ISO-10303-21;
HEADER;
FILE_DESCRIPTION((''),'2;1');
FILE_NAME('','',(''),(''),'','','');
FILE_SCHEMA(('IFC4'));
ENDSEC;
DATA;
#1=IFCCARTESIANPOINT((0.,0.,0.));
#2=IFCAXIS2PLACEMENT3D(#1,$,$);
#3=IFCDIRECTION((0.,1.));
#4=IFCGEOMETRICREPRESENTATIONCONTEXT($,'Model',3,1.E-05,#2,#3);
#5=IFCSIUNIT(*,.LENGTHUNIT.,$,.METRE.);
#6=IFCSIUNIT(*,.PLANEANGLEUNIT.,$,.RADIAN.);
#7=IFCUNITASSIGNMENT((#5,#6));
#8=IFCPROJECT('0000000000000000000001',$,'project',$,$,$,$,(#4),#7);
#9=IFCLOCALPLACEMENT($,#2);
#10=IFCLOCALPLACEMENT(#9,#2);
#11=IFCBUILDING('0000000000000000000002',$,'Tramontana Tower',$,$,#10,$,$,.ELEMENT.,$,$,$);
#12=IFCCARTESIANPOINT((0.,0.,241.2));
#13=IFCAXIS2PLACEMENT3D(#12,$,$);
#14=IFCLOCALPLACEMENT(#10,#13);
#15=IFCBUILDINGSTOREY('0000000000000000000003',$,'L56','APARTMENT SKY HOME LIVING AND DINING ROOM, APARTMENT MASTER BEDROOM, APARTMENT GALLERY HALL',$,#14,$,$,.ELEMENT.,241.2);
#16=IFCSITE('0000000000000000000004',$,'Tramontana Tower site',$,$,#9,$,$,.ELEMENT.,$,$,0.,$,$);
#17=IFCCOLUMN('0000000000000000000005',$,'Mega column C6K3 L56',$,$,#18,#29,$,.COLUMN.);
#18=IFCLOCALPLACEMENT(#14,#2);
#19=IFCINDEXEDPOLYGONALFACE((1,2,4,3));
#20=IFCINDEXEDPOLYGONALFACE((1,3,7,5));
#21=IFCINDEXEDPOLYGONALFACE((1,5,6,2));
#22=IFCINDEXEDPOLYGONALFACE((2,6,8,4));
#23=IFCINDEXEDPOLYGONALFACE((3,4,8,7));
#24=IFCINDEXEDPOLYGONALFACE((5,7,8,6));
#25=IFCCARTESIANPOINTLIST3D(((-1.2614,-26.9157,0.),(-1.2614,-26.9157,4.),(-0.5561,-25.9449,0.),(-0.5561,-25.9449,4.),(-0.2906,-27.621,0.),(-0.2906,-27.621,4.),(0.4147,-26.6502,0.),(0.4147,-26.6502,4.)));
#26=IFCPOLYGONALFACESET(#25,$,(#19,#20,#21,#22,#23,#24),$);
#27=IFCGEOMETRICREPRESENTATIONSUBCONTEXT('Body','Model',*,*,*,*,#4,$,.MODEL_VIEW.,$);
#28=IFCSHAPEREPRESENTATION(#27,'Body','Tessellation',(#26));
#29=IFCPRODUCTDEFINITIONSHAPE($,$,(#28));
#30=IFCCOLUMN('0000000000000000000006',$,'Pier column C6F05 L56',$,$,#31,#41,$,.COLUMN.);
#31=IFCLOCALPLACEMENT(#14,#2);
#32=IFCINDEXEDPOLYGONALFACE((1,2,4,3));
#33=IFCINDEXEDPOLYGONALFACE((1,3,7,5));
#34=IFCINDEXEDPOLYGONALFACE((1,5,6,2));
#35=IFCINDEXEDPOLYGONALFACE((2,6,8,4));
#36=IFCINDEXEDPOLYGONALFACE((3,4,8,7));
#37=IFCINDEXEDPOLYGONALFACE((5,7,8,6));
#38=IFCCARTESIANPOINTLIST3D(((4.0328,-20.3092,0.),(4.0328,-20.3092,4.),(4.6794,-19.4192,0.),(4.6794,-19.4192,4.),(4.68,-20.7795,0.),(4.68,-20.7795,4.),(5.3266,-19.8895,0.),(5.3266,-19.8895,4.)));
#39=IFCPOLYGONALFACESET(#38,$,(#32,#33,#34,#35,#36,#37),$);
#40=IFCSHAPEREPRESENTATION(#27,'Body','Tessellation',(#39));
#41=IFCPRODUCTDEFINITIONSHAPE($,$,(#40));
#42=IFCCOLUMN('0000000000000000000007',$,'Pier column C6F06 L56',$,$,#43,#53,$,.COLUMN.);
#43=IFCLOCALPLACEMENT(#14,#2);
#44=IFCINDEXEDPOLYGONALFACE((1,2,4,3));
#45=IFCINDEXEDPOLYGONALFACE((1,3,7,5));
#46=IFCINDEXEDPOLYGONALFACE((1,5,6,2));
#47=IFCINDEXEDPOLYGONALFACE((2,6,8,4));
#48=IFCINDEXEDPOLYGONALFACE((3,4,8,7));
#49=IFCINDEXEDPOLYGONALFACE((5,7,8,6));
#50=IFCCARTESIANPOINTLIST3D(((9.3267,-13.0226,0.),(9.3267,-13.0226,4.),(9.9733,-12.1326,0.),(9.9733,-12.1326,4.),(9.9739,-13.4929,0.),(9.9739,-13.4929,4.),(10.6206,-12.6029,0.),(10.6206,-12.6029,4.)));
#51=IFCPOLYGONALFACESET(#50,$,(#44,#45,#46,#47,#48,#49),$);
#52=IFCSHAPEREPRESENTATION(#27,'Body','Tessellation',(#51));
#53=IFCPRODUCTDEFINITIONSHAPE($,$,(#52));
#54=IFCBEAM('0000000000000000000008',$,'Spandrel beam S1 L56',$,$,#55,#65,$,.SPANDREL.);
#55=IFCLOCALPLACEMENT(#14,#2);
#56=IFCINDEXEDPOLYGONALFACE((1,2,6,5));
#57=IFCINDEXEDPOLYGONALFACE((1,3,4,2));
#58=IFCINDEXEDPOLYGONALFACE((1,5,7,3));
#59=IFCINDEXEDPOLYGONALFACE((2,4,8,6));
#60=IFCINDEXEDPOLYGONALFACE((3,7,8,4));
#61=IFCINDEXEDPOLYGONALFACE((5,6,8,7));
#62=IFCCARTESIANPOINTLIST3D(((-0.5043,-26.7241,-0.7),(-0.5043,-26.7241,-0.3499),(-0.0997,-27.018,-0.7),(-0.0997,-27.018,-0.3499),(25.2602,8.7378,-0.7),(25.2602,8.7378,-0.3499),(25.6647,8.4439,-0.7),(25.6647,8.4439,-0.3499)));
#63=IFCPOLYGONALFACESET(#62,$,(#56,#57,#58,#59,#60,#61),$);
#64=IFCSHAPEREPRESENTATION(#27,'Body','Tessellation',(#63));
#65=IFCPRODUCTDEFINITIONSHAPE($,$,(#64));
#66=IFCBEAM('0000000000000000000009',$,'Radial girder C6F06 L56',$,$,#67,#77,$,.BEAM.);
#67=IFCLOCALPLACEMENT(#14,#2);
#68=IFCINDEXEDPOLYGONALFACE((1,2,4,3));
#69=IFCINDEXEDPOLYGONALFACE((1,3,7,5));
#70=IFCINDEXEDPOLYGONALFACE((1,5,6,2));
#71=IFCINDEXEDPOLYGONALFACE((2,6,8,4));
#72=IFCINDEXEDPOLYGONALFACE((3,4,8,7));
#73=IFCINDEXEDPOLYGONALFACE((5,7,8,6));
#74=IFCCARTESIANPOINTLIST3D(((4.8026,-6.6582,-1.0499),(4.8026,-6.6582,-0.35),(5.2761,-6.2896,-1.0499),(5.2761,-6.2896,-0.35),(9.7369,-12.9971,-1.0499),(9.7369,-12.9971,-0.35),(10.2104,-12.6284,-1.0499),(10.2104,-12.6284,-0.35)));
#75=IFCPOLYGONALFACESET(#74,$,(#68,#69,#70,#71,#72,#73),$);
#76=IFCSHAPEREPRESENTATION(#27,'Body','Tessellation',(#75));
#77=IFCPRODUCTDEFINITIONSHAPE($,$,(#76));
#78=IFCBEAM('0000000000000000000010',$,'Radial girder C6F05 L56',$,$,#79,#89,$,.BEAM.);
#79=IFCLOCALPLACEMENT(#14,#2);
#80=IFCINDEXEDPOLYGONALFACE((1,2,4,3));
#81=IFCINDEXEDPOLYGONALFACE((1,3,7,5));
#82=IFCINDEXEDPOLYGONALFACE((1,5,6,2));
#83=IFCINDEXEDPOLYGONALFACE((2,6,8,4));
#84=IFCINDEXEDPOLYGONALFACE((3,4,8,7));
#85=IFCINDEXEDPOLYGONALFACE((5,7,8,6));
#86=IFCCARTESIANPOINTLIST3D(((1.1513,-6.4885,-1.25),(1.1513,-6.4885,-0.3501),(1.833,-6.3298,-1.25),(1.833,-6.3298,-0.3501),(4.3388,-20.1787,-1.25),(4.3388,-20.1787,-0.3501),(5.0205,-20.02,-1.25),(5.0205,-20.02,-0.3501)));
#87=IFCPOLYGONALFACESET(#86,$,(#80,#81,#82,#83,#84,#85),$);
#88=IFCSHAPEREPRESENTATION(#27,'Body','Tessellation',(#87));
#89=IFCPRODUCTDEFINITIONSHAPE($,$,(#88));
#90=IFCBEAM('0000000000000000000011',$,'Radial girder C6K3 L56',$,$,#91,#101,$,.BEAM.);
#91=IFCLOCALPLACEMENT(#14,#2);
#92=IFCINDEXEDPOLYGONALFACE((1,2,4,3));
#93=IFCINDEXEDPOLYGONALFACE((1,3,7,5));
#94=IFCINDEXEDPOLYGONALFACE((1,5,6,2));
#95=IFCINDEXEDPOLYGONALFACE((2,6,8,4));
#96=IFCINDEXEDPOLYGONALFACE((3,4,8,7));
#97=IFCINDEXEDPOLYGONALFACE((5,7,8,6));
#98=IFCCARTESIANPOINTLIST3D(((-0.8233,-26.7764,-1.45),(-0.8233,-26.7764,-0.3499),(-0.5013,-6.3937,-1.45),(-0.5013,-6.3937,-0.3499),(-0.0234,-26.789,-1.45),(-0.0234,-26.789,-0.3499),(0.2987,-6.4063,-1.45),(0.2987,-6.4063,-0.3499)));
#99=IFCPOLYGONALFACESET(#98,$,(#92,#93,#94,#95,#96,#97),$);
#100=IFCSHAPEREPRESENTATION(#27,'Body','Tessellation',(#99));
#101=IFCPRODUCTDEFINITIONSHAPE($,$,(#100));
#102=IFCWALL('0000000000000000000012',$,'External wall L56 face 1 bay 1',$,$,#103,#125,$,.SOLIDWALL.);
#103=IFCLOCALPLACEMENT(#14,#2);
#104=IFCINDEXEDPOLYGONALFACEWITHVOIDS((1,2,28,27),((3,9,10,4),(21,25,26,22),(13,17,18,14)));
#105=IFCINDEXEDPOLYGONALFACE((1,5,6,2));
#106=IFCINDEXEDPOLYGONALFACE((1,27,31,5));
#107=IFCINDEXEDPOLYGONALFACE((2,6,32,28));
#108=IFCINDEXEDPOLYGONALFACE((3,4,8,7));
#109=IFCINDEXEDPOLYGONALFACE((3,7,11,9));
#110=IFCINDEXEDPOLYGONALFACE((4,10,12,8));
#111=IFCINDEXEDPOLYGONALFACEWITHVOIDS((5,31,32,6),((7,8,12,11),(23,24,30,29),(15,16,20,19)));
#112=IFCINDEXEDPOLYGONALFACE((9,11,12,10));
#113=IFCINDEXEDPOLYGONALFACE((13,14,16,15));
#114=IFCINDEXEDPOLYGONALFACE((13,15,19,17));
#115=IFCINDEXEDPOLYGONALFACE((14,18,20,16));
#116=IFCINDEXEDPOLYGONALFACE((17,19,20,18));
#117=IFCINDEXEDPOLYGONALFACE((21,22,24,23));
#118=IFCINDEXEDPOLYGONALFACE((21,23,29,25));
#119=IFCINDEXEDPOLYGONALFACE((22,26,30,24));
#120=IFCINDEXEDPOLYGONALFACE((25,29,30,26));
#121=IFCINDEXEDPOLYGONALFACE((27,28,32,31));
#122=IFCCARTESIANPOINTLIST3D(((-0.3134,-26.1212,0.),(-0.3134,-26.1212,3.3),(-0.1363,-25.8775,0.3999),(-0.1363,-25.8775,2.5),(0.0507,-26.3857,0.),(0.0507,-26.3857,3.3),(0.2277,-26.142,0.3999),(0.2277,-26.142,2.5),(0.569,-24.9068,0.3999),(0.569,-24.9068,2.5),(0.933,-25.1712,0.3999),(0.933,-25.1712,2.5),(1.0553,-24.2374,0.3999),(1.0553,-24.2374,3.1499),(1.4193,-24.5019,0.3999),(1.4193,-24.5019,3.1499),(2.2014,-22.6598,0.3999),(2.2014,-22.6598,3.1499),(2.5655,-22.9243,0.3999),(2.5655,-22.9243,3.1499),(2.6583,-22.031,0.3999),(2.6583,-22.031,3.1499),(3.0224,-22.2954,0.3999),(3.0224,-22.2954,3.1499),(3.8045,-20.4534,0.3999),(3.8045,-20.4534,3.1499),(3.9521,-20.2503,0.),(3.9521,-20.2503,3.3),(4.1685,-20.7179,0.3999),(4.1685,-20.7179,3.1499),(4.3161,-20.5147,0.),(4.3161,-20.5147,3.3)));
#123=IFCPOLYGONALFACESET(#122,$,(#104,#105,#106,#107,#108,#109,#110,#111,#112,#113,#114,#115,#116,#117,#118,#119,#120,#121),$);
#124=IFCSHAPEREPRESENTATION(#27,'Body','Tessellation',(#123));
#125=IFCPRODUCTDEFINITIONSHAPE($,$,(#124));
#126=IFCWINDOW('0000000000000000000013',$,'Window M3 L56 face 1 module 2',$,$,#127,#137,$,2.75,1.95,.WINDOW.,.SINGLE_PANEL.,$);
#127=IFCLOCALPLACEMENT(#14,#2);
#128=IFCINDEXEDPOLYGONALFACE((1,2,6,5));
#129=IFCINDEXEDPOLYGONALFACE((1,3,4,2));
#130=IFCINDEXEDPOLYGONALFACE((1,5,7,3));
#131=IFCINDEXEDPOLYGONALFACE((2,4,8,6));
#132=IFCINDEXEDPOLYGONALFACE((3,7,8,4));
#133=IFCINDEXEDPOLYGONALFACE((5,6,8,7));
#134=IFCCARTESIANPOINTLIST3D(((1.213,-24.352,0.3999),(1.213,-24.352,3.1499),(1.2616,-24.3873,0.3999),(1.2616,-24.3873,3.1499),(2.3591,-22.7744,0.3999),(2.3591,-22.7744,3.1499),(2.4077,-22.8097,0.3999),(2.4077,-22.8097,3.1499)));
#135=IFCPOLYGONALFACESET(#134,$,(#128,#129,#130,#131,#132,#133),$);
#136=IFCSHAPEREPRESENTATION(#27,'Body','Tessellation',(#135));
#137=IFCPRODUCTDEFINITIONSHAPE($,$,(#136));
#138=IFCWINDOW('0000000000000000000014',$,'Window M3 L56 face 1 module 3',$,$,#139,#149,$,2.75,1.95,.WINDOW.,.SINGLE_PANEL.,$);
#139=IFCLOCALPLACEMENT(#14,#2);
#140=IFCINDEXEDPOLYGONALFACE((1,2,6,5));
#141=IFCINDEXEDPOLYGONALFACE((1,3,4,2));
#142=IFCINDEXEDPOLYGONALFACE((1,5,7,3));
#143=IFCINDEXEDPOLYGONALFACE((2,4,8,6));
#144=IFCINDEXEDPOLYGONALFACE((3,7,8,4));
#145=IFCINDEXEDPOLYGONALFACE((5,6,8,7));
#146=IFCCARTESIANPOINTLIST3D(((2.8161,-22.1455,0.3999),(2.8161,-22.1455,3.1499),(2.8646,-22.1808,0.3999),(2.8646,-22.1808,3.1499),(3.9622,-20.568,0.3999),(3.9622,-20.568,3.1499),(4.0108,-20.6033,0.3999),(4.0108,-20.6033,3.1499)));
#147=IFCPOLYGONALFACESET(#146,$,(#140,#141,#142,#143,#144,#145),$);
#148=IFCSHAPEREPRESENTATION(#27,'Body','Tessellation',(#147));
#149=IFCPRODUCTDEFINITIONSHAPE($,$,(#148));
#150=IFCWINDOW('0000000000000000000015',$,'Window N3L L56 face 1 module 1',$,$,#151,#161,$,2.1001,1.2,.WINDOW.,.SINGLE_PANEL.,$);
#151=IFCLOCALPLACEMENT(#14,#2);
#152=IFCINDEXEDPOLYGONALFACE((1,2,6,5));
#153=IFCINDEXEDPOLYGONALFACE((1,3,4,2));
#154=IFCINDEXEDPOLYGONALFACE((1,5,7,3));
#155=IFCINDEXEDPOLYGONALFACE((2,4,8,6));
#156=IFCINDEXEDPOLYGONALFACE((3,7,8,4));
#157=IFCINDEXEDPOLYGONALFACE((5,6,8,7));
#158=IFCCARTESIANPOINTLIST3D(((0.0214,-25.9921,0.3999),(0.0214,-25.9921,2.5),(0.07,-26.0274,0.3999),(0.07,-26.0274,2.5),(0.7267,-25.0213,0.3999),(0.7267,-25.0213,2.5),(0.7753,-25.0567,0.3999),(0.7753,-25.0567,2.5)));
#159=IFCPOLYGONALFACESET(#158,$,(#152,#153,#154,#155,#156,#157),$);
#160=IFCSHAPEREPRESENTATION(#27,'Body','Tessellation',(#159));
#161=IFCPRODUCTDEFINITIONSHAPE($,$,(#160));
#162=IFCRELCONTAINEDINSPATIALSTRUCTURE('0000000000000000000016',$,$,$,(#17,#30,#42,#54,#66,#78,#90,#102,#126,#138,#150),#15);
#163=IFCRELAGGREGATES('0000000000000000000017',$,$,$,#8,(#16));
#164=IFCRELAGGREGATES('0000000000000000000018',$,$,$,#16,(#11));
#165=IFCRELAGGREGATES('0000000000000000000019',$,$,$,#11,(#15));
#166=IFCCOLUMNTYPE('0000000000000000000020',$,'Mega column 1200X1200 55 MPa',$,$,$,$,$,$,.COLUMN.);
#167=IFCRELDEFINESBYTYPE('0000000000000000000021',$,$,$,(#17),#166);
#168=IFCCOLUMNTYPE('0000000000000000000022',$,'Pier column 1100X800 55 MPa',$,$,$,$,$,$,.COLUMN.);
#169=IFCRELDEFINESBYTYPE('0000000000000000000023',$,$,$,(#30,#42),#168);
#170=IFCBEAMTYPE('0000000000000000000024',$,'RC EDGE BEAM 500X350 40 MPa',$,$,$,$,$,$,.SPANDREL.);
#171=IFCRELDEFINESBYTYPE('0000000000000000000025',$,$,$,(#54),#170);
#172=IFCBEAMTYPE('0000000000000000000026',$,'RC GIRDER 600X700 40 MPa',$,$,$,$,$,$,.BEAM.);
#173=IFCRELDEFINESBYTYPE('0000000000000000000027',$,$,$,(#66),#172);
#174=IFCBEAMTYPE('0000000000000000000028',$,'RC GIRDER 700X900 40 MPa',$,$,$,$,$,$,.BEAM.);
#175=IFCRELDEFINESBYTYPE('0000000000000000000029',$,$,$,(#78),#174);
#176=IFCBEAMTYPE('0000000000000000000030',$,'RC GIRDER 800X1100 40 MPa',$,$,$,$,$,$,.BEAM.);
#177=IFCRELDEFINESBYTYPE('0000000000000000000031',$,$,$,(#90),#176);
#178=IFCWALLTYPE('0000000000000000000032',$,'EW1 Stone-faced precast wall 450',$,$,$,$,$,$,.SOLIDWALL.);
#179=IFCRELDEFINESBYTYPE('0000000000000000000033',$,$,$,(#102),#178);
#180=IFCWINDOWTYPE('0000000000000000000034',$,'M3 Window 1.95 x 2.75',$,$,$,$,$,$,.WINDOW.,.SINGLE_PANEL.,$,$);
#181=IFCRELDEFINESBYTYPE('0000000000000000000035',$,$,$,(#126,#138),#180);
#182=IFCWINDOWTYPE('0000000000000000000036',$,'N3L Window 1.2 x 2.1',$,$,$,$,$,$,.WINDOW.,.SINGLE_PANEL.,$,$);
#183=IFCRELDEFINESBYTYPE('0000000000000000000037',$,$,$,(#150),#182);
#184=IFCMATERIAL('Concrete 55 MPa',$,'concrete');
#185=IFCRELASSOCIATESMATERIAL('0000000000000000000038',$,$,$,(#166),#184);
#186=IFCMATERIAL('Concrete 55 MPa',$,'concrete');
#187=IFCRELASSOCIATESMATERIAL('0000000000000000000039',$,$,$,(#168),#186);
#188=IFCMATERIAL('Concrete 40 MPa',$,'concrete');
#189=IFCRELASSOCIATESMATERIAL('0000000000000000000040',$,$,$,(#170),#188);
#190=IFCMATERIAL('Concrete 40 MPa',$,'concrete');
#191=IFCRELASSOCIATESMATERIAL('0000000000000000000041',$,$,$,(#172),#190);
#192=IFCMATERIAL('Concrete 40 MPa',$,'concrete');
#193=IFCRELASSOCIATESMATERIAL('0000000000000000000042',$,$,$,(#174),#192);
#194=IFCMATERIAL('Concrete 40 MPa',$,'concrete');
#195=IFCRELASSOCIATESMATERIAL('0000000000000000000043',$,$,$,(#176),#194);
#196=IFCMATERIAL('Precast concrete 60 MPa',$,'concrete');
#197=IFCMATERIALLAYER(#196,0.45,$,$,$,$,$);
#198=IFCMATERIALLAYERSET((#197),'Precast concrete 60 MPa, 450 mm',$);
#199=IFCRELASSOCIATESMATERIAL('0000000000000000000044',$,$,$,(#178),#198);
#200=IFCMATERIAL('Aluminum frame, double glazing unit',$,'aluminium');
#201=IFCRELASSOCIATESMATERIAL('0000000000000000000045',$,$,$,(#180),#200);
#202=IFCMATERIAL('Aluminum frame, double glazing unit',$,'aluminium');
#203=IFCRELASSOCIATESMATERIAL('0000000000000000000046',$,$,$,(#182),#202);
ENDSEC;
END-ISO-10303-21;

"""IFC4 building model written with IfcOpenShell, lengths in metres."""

from ifc_helpers import new_model, si_unit, direction, frame, frame_2d, origin, origin_2d, place, context, subcontext, project, spatial, rectangle, extrude, material, layer, layer_set, material_profile, profile_set, type_object, element, fill, save


model = new_model("IFC4")

# Units and contexts
model_context = context("Model", 3, precision=1e-05, world=origin(), true_north=direction((0.0, 1.0)))
body_context = subcontext(model_context, "Body", "Model", "MODEL_VIEW")
ifc_project = project(units=[si_unit("LENGTHUNIT", "METRE"), si_unit("PLANEANGLEUNIT", "RADIAN")], contexts=[model_context])

# Site, building, storey
site_placement = place(None, origin())
site = spatial("IfcSite", under=ifc_project, at=site_placement, Name="Tramontana Tower site", CompositionType="ELEMENT", RefElevation=0.0)
building_placement = place(site_placement, origin())
building = spatial("IfcBuilding", under=site, at=building_placement, Name="Tramontana Tower", CompositionType="ELEMENT")
storey_placement = place(building_placement, frame((0.0, 0.0, 241.2)))
storey = spatial("IfcBuildingStorey", under=building, at=storey_placement, Name="L56", Description="APARTMENT SKY HOME LIVING AND DINING ROOM, APARTMENT MASTER BEDROOM, APARTMENT GALLERY HALL", CompositionType="ELEMENT", Elevation=241.2)

# Columns
ifc_material_1 = material(Name="Concrete 55 MPa", Category="concrete")
ifc_material_profile_1 = material_profile(ifc_material_1, rectangle(XDim=1.2, YDim=1.2, at=origin_2d()), Name="Mega column 1200X1200 55 MPa")
ifc_profile_set_1 = profile_set([ifc_material_profile_1], Name="Concrete 55 MPa")
column_type_1 = type_object("IfcColumnType", Name="Mega column 1200X1200 55 MPa", PredefinedType="COLUMN", material=ifc_profile_set_1)
column_placement = place(storey_placement, frame((-0.4233, -26.783, 0.0), z_axis=(0.0, 0.0, 1.0), x_axis=(0.587785, 0.809017, 0.0)))
element("IfcColumn", 1, at=column_placement, inside=storey, type_object=column_type_1, Name="Mega column C6K3 L56", PredefinedType="COLUMN", context=body_context, shape_type="SweptSolid", body=[
    extrude(rectangle(XDim=1.2, YDim=1.2, at=origin_2d()), origin(), (0.0, 0.0, 1.0), 4.0),
])
ifc_material_2 = material(Name="Concrete 55 MPa", Category="concrete")
ifc_material_profile_2 = material_profile(ifc_material_2, rectangle(XDim=1.1001, YDim=0.8, at=origin_2d()), Name="Pier column 1100X800 55 MPa")
ifc_profile_set_2 = profile_set([ifc_material_profile_2], Name="Concrete 55 MPa")
column_type_2 = type_object("IfcColumnType", Name="Pier column 1100X800 55 MPa", PredefinedType="COLUMN", material=ifc_profile_set_2)
for number, where, z_axis, x_axis, name in (
    (2, (4.6797, -20.0994, 0.0), (0.0, 0.0, 1.0), (0.587785, 0.809017, 0.0), "Pier column C6F05 L56"),
    (3, (9.9736, -12.8127, 0.0), (0.0, 0.0, 1.0), (0.587785, 0.809017, 0.0), "Pier column C6F06 L56"),
):
    element("IfcColumn", number, at=place(storey_placement, frame(where, z_axis=z_axis, x_axis=x_axis)), inside=storey, type_object=column_type_2, Name=name, PredefinedType="COLUMN", context=body_context, shape_type="SweptSolid", body=[
        extrude(rectangle(XDim=1.1001, YDim=0.8, at=origin_2d()), origin(), (0.0, 0.0, 1.0), 4.0),
    ])

# Beams
ifc_material_3 = material(Name="Concrete 40 MPa", Category="concrete")
ifc_material_profile_3 = material_profile(ifc_material_3, rectangle(XDim=0.5, YDim=0.3501, at=origin_2d()), Name="RC EDGE BEAM 500X350 40 MPa")
ifc_profile_set_3 = profile_set([ifc_material_profile_3], Name="Concrete 40 MPa")
beam_type_1 = type_object("IfcBeamType", Name="RC EDGE BEAM 500X350 40 MPa", PredefinedType="SPANDREL", material=ifc_profile_set_3)
beam_1_placement = place(storey_placement, frame((-0.302, -26.8711, -0.5249), z_axis=(0.587782, 0.809019, 0.0), x_axis=(-0.809019, 0.587782, 0.0)))
element("IfcBeam", 4, at=beam_1_placement, inside=storey, type_object=beam_type_1, Name="Spandrel beam S1 L56", PredefinedType="SPANDREL", context=body_context, shape_type="SweptSolid", body=[
    extrude(rectangle(XDim=0.5, YDim=0.3501, at=origin_2d()), origin(), (0.0, 0.0, 1.0), 43.8333),
])
ifc_material_4 = material(Name="Concrete 40 MPa", Category="concrete")
ifc_material_profile_4 = material_profile(ifc_material_4, rectangle(XDim=0.6001, YDim=0.7, at=origin_2d()), Name="RC GIRDER 600X700 40 MPa")
ifc_profile_set_4 = profile_set([ifc_material_profile_4], Name="Concrete 40 MPa")
beam_type_2 = type_object("IfcBeamType", Name="RC GIRDER 600X700 40 MPa", PredefinedType="BEAM", material=ifc_profile_set_4)
beam_2_placement = place(storey_placement, frame((9.9736, -12.8127, -0.7), z_axis=(-0.614258, 0.789105, 0.0), x_axis=(-0.789105, -0.614258, 0.0)))
element("IfcBeam", 5, at=beam_2_placement, inside=storey, type_object=beam_type_2, Name="Radial girder C6F06 L56", PredefinedType="BEAM", context=body_context, shape_type="SweptSolid", body=[
    extrude(rectangle(XDim=0.6001, YDim=0.7, at=origin_2d()), origin(), (0.0, 0.0, 1.0), 8.033),
])
ifc_material_5 = material(Name="Concrete 40 MPa", Category="concrete")
ifc_material_profile_5 = material_profile(ifc_material_5, rectangle(XDim=0.7, YDim=0.8999, at=origin_2d()), Name="RC GIRDER 700X900 40 MPa")
ifc_profile_set_5 = profile_set([ifc_material_profile_5], Name="Concrete 40 MPa")
beam_type_3 = type_object("IfcBeamType", Name="RC GIRDER 700X900 40 MPa", PredefinedType="BEAM", material=ifc_profile_set_5)
beam_3_placement = place(storey_placement, frame((4.6797, -20.0994, -0.8), z_axis=(-0.226766, 0.973949, 0.0), x_axis=(-0.973949, -0.226766, 0.0)))
element("IfcBeam", 6, at=beam_3_placement, inside=storey, type_object=beam_type_3, Name="Radial girder C6F05 L56", PredefinedType="BEAM", context=body_context, shape_type="SweptSolid", body=[
    extrude(rectangle(XDim=0.7, YDim=0.8999, at=origin_2d()), origin(), (0.0, 0.0, 1.0), 14.0564),
])
ifc_material_6 = material(Name="Concrete 40 MPa", Category="concrete")
ifc_material_profile_6 = material_profile(ifc_material_6, rectangle(XDim=0.8, YDim=1.1001, at=origin_2d()), Name="RC GIRDER 800X1100 40 MPa")
ifc_profile_set_6 = profile_set([ifc_material_profile_6], Name="Concrete 40 MPa")
beam_type_4 = type_object("IfcBeamType", Name="RC GIRDER 800X1100 40 MPa", PredefinedType="BEAM", material=ifc_profile_set_6)
beam_4_placement = place(storey_placement, frame((-0.4233, -26.7827, -0.8999), z_axis=(0.015797, 0.999875, 0.0), x_axis=(-0.999875, 0.015797, 0.0)))
element("IfcBeam", 7, at=beam_4_placement, inside=storey, type_object=beam_type_4, Name="Radial girder C6K3 L56", PredefinedType="BEAM", context=body_context, shape_type="SweptSolid", body=[
    extrude(rectangle(XDim=0.8, YDim=1.1001, at=origin_2d()), origin(), (0.0, 0.0, 1.0), 20.3853),
])

# Wall, openings, windows
ifc_material_7 = material(Name="Precast concrete 60 MPa", Category="concrete")
ifc_layer_1 = layer(ifc_material_7, 0.45)
ifc_layer_set_1 = layer_set([ifc_layer_1], Name="Precast concrete 60 MPa, 450 mm")
wall_type_1 = type_object("IfcWallType", Name="EW1 Stone-faced precast wall 450", PredefinedType="SOLIDWALL", material=ifc_layer_set_1)
wall_1_placement = place(storey_placement, frame((-0.1313, -26.2534, 0.0), z_axis=(0.0, 0.0, 1.0), x_axis=(0.587782, 0.80902, 0.0)))
wall_1 = element("IfcWall", 8, at=wall_1_placement, inside=storey, type_object=wall_type_1, Name="External wall L56 face 1 bay 1", PredefinedType="SOLIDWALL", context=body_context, shape_type="SweptSolid", body=[
    extrude(rectangle(XDim=7.2568, YDim=0.45, at=frame_2d((3.6284, 0.0))), origin(), (0.0, 0.0, 1.0), 3.3),
])
opening_1_placement = place(wall_1_placement, frame((0.301, 0.0, 0.3999)))
opening_1 = element("IfcOpeningElement", 9, at=opening_1_placement, cuts=wall_1, PredefinedType="OPENING", context=body_context, shape_type="SweptSolid", body=[
    extrude(rectangle(XDim=1.2, YDim=2.1001, at=frame_2d((0.6001, 1.05))), frame((0.0, 0.2349, 0.0), z_axis=(0.0, -1.0, 0.0), x_axis=(1.0, 0.0, 0.0)), (0.0, 0.0, 1.0), 0.47),
])
opening_2_placement = place(wall_1_placement, frame((2.3284, 0.0, 0.3999)))
opening_2 = element("IfcOpeningElement", 10, at=opening_2_placement, cuts=wall_1, PredefinedType="OPENING", context=body_context, shape_type="SweptSolid", body=[
    extrude(rectangle(XDim=1.95, YDim=2.75, at=frame_2d((0.9751, 1.375))), frame((0.0, 0.2349, 0.0), z_axis=(0.0, -1.0, 0.0), x_axis=(1.0, 0.0, 0.0)), (0.0, 0.0, 1.0), 0.47),
])
opening_3_placement = place(wall_1_placement, frame((5.0557, 0.0, 0.3999)))
opening_3 = element("IfcOpeningElement", 11, at=opening_3_placement, cuts=wall_1, PredefinedType="OPENING", context=body_context, shape_type="SweptSolid", body=[
    extrude(rectangle(XDim=1.95, YDim=2.75, at=frame_2d((0.9751, 1.375))), frame((0.0, 0.2349, 0.0), z_axis=(0.0, -1.0, 0.0), x_axis=(1.0, 0.0, 0.0)), (0.0, 0.0, 1.0), 0.47),
])
ifc_material_8 = material(Name="Aluminum frame, double glazing unit", Category="aluminium")
window_type_1 = type_object("IfcWindowType", Name="M3 Window 1.95 x 2.75", PartitioningType="SINGLE_PANEL", PredefinedType="WINDOW", material=ifc_material_8)
window_1_placement = place(opening_2_placement, origin())
window_1 = element("IfcWindow", 12, at=window_1_placement, inside=storey, type_object=window_type_1, Name="Window M3 L56 face 1 module 2", OverallHeight=2.75, OverallWidth=1.95, PartitioningType="SINGLE_PANEL", PredefinedType="WINDOW", context=body_context, shape_type="SweptSolid", body=[
    extrude(rectangle(XDim=1.95, YDim=2.75, at=frame_2d((0.9751, 1.375))), frame((0.0, 0.03, 0.0), z_axis=(0.0, -1.0, 0.0), x_axis=(1.0, 0.0, 0.0)), (0.0, 0.0, 1.0), 0.0601),
])
fill(opening_2, window_1)
window_2_placement = place(opening_3_placement, origin())
window_2 = element("IfcWindow", 13, at=window_2_placement, inside=storey, type_object=window_type_1, Name="Window M3 L56 face 1 module 3", OverallHeight=2.75, OverallWidth=1.95, PartitioningType="SINGLE_PANEL", PredefinedType="WINDOW", context=body_context, shape_type="SweptSolid", body=[
    extrude(rectangle(XDim=1.95, YDim=2.75, at=frame_2d((0.9751, 1.375))), frame((0.0, 0.03, 0.0), z_axis=(0.0, -1.0, 0.0), x_axis=(1.0, 0.0, 0.0)), (0.0, 0.0, 1.0), 0.0601),
])
fill(opening_3, window_2)
ifc_material_9 = material(Name="Aluminum frame, double glazing unit", Category="aluminium")
window_type_2 = type_object("IfcWindowType", Name="N3L Window 1.2 x 2.1", PartitioningType="SINGLE_PANEL", PredefinedType="WINDOW", material=ifc_material_9)
window_3_placement = place(opening_1_placement, origin())
window_3 = element("IfcWindow", 14, at=window_3_placement, inside=storey, type_object=window_type_2, Name="Window N3L L56 face 1 module 1", OverallHeight=2.1001, OverallWidth=1.2, PartitioningType="SINGLE_PANEL", PredefinedType="WINDOW", context=body_context, shape_type="SweptSolid", body=[
    extrude(rectangle(XDim=1.2, YDim=2.1001, at=frame_2d((0.6001, 1.05))), frame((0.0, 0.03, 0.0), z_axis=(0.0, -1.0, 0.0), x_axis=(1.0, 0.0, 0.0)), (0.0, 0.0, 1.0), 0.0601),
])
fill(opening_1, window_3)

save(model, "model.ifc")
